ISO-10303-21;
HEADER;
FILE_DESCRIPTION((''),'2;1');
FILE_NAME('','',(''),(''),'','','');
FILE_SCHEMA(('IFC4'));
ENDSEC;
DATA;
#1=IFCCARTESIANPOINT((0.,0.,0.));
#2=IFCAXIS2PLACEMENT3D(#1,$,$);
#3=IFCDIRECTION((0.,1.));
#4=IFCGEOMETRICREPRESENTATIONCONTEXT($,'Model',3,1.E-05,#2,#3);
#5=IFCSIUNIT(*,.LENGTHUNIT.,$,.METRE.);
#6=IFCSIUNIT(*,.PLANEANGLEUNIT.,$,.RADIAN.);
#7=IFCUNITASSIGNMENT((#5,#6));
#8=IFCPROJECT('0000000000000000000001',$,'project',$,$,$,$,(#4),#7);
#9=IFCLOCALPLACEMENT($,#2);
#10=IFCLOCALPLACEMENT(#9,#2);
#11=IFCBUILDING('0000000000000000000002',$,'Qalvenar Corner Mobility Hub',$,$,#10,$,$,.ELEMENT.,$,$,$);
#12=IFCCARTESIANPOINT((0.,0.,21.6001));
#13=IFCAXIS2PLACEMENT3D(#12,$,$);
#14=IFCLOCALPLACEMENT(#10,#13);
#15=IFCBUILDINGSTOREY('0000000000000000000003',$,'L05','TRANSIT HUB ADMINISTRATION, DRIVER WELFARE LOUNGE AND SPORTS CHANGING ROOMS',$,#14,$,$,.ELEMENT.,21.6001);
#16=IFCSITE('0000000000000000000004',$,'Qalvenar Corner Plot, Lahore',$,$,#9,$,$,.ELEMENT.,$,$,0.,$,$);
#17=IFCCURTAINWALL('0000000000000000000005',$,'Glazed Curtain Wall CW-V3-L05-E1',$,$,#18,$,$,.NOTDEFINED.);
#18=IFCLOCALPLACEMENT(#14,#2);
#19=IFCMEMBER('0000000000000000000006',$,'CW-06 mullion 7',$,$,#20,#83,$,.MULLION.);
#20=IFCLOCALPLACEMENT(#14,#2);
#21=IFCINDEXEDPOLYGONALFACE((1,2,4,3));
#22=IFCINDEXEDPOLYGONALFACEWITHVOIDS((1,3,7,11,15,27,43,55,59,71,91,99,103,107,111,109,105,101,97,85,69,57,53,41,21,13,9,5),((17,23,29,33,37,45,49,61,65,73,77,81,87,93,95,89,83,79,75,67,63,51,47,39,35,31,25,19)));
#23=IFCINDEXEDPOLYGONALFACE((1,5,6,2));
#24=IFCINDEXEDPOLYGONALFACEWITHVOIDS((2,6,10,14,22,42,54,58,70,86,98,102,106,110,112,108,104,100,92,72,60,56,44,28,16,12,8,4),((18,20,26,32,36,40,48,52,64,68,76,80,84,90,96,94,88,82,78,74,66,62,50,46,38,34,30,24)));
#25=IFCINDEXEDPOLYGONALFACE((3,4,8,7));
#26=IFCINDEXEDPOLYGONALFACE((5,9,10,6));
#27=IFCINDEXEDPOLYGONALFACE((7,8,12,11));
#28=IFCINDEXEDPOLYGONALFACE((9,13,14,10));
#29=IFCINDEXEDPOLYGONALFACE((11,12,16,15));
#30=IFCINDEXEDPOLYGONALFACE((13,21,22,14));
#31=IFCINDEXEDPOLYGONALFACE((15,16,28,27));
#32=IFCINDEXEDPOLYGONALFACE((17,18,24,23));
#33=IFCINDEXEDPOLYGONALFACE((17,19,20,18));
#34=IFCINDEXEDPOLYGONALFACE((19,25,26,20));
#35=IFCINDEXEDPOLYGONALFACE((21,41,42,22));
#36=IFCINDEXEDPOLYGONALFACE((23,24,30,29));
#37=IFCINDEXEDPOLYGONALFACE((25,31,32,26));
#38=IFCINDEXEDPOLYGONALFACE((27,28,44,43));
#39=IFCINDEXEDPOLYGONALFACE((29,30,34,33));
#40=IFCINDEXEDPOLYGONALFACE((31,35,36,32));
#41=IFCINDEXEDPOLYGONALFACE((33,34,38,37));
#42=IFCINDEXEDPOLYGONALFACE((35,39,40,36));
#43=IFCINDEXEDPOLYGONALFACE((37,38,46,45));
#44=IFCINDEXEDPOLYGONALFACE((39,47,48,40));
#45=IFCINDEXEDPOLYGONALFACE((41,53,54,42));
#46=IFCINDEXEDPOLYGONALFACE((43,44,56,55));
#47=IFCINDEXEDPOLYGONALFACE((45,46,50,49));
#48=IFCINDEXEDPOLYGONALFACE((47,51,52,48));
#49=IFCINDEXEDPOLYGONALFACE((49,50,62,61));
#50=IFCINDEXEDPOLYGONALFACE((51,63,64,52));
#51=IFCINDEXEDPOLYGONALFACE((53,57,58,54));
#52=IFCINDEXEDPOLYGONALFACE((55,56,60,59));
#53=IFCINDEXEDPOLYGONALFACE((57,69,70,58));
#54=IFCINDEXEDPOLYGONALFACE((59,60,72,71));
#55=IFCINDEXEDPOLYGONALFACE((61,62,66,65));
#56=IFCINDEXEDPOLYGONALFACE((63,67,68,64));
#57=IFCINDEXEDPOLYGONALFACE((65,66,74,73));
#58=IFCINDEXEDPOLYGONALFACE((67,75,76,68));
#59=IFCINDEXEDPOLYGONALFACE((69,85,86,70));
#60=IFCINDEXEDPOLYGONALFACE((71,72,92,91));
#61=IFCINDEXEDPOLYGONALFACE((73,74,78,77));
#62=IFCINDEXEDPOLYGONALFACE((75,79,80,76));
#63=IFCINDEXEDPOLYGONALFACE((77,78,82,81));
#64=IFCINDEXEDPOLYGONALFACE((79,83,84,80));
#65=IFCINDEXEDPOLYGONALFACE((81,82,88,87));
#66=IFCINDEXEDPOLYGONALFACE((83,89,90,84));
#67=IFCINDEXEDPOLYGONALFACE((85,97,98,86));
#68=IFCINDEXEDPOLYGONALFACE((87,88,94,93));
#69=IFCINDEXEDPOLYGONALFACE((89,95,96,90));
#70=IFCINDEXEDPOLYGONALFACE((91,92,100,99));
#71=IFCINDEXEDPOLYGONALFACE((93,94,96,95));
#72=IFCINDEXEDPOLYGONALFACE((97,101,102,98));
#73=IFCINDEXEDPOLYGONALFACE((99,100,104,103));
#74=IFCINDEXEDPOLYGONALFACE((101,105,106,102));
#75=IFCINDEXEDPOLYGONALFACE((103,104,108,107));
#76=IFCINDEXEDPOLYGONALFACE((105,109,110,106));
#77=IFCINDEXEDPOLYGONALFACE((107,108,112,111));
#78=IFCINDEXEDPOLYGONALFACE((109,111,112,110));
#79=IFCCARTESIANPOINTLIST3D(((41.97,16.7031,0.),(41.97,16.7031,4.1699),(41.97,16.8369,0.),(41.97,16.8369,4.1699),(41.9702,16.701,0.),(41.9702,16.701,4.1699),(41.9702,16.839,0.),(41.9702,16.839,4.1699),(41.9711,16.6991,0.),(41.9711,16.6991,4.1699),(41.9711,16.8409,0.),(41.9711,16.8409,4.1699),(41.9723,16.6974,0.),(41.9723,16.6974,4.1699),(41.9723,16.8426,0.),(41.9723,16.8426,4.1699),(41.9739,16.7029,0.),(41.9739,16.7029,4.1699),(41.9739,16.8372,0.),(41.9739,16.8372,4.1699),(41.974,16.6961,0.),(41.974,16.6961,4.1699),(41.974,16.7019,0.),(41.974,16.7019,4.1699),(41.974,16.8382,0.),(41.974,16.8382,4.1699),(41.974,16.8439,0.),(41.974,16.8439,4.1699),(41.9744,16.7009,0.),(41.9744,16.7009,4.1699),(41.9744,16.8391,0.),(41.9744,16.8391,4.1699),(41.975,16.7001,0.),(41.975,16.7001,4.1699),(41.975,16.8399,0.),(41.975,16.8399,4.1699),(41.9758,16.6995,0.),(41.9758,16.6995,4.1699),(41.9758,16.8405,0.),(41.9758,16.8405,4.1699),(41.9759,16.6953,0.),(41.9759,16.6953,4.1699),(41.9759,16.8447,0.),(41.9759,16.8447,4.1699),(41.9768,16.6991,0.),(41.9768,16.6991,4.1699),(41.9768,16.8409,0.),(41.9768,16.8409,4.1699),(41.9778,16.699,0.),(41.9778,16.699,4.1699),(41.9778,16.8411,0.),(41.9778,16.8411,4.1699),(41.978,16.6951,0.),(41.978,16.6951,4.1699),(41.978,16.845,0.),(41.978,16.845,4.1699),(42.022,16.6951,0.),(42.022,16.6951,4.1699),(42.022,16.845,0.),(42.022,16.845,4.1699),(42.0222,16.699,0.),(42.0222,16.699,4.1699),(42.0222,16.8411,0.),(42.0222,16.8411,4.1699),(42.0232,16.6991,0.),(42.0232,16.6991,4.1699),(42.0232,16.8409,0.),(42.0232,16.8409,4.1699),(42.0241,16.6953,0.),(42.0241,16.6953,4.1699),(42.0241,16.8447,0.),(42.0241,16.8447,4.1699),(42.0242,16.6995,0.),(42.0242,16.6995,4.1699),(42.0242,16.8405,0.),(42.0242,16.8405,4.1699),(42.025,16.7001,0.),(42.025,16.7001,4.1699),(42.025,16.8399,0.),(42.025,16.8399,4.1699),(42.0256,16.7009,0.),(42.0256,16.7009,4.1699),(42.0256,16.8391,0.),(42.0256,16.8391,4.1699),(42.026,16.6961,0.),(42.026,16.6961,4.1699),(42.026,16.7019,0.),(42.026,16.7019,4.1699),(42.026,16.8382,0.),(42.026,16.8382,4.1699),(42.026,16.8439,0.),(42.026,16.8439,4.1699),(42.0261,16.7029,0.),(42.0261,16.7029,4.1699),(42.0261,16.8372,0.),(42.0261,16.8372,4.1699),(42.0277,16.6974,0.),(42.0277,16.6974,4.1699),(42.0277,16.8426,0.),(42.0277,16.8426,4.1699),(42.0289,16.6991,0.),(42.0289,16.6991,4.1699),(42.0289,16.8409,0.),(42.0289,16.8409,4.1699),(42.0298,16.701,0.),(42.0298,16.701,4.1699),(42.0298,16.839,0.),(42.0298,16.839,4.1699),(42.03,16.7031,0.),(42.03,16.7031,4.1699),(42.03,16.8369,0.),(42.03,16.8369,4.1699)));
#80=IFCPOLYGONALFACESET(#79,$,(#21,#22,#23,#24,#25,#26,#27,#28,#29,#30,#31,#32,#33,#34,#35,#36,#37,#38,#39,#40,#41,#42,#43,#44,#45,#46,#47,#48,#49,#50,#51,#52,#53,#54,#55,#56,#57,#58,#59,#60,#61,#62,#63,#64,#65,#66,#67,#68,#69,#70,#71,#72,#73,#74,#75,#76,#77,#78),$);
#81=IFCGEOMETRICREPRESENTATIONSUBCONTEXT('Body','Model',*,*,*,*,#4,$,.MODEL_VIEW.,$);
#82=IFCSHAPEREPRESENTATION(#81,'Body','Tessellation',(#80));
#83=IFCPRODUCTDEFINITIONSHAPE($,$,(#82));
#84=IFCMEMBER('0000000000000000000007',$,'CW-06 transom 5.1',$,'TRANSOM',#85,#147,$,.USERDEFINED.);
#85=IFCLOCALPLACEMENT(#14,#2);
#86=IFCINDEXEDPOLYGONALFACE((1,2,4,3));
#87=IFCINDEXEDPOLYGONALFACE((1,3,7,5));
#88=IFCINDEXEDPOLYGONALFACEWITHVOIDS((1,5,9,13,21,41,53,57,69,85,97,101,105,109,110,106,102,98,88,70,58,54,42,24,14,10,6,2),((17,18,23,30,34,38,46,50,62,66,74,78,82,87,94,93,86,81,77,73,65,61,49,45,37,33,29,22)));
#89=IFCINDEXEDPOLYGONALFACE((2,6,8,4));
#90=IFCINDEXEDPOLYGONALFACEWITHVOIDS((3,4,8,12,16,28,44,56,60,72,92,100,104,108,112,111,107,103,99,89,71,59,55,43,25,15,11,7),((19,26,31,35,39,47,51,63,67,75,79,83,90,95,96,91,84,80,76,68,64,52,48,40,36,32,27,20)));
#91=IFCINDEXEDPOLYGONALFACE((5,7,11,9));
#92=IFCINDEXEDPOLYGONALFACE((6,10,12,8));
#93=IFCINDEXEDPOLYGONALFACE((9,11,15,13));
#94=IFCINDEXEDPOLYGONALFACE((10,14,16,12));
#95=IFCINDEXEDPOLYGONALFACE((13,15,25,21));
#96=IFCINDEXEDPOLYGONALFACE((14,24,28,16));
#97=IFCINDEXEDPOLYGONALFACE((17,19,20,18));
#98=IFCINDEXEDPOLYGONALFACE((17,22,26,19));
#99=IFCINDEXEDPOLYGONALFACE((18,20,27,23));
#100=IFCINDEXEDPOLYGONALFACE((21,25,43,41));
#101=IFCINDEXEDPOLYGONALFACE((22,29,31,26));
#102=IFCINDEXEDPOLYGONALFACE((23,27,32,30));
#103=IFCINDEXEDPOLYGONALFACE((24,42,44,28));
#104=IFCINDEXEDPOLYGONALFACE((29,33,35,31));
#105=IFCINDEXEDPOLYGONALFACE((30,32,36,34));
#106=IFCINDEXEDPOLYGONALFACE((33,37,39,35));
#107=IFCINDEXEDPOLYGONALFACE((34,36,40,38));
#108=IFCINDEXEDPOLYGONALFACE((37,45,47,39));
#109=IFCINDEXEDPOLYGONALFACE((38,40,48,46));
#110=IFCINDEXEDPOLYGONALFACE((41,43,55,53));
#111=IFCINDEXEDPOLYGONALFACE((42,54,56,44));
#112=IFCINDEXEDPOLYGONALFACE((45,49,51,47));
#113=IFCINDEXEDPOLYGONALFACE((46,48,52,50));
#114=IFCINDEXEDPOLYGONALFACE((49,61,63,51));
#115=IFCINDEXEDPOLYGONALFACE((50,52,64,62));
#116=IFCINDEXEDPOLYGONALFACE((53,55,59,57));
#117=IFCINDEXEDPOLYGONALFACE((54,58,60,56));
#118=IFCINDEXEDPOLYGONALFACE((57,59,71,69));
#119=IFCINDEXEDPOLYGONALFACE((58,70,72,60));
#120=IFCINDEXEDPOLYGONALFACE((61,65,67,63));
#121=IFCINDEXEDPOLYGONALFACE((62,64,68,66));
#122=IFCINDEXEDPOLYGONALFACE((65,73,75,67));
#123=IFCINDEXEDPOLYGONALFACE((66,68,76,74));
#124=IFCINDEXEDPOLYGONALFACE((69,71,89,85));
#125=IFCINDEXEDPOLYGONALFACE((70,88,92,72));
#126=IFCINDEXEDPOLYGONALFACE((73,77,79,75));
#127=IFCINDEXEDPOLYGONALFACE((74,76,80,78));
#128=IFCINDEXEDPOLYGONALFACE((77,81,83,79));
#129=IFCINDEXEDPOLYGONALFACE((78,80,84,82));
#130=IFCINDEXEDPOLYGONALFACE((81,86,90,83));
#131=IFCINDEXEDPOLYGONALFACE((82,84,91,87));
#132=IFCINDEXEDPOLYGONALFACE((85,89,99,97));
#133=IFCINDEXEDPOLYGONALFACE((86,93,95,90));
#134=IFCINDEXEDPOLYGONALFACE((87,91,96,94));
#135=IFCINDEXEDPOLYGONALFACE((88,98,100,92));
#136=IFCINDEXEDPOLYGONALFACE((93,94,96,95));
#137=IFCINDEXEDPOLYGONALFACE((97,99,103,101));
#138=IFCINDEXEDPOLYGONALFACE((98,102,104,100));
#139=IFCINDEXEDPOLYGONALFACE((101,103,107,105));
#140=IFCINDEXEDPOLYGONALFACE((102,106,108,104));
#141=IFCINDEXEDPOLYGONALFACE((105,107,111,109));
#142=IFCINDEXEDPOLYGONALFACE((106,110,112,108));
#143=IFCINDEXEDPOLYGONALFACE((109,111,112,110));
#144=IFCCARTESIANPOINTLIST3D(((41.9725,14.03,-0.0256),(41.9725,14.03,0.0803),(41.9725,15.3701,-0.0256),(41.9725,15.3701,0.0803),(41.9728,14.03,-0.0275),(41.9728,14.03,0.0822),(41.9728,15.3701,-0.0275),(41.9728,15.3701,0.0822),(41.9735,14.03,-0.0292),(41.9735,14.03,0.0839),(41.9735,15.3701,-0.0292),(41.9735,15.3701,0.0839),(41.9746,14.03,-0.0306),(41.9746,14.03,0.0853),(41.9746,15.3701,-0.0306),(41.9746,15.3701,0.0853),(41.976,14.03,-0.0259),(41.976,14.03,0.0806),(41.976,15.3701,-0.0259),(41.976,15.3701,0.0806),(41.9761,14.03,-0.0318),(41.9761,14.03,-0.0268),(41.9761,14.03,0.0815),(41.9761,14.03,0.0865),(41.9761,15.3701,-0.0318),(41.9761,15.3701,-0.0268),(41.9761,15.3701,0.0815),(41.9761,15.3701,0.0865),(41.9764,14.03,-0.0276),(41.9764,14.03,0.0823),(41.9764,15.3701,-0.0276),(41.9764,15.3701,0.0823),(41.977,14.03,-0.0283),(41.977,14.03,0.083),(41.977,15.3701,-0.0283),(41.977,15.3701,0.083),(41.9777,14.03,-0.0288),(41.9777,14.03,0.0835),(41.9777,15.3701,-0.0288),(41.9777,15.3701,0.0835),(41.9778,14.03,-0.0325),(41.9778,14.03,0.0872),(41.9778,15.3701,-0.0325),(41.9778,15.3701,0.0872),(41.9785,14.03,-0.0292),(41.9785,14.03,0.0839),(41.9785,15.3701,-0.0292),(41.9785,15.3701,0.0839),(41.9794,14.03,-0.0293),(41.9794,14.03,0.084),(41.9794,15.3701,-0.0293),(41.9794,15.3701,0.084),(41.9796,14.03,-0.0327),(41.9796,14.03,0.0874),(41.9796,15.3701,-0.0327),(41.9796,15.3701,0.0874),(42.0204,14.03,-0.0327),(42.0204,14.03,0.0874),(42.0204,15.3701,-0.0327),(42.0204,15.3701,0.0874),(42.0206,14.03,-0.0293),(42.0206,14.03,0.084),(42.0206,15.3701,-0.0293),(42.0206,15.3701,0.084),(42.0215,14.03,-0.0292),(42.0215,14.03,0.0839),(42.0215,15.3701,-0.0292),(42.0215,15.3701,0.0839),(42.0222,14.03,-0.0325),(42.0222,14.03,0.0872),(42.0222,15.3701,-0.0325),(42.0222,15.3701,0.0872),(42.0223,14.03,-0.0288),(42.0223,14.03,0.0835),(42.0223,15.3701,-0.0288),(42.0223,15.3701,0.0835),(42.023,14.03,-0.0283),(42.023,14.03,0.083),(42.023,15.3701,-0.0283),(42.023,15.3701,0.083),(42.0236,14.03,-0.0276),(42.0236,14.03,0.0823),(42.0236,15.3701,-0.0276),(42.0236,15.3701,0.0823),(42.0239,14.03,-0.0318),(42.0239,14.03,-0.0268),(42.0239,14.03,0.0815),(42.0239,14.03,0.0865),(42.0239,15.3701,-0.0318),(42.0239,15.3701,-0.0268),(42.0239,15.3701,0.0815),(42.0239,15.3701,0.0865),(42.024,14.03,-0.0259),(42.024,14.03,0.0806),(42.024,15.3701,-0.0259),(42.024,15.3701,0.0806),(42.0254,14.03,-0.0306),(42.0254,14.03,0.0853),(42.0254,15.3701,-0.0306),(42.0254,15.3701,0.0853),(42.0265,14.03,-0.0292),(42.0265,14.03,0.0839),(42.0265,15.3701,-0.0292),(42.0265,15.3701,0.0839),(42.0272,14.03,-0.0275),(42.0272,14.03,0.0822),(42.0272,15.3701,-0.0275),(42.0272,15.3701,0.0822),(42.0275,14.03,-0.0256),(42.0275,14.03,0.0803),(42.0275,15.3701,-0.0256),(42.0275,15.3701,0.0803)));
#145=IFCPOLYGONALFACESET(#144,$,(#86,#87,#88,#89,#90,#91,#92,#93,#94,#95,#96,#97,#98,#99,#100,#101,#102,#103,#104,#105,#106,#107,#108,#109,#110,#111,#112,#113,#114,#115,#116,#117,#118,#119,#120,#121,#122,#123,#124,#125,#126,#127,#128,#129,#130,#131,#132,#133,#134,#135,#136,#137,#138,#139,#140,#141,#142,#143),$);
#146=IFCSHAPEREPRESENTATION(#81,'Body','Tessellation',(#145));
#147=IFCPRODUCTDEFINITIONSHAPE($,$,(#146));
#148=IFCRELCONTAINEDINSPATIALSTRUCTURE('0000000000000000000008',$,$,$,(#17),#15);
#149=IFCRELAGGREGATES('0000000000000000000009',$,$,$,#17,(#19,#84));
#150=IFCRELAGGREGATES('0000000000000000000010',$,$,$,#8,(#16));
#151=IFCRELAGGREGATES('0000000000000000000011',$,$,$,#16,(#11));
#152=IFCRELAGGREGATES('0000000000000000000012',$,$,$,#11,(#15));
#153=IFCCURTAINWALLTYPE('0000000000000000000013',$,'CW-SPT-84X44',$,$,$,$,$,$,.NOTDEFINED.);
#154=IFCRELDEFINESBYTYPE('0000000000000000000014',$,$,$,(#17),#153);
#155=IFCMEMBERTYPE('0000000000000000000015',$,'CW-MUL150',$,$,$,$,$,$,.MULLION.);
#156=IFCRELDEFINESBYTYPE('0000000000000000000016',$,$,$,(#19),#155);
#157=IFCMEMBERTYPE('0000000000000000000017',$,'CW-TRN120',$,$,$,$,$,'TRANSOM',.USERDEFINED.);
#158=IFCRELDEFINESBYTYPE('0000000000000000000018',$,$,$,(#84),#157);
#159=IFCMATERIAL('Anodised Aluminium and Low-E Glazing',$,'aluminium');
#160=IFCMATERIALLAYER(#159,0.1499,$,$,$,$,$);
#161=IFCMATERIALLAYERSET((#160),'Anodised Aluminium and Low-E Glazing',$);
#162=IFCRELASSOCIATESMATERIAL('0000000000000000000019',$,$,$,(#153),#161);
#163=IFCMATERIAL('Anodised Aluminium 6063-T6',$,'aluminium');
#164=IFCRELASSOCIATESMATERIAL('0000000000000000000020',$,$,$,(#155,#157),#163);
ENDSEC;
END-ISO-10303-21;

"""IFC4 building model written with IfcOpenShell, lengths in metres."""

from ifc_helpers import new_model, si_unit, direction, frame, origin, origin_2d, place, context, subcontext, project, spatial, hollow_rectangle, extrude, material, layer, layer_set, material_profile, profile_set, type_object, element, aggregate, save


model = new_model("IFC4")

# Units and contexts
model_context = context("Model", 3, precision=1e-05, world=origin(), true_north=direction((0.0, 1.0)))
body_context = subcontext(model_context, "Body", "Model", "MODEL_VIEW")
ifc_project = project(units=[si_unit("LENGTHUNIT", "METRE"), si_unit("PLANEANGLEUNIT", "RADIAN")], contexts=[model_context])

# Site, building, storey
site_placement = place(None, origin())
site = spatial("IfcSite", under=ifc_project, at=site_placement, Name="Qalvenar Corner Plot, Lahore", CompositionType="ELEMENT", RefElevation=0.0)
building_placement = place(site_placement, origin())
building = spatial("IfcBuilding", under=site, at=building_placement, Name="Qalvenar Corner Mobility Hub", CompositionType="ELEMENT")
storey_placement = place(building_placement, frame((0.0, 0.0, 21.6001)))
storey = spatial("IfcBuildingStorey", under=building, at=storey_placement, Name="L05", Description="TRANSIT HUB ADMINISTRATION, DRIVER WELFARE LOUNGE AND SPORTS CHANGING ROOMS", CompositionType="ELEMENT", Elevation=21.6001)

# Curtain wall, members
ifc_material_1 = material(Name="Anodised Aluminium and Low-E Glazing", Category="aluminium")
ifc_layer_1 = layer(ifc_material_1, 0.1499)
ifc_layer_set_1 = layer_set([ifc_layer_1], Name="Anodised Aluminium and Low-E Glazing")
curtain_wall_type = type_object("IfcCurtainWallType", Name="CW-SPT-84X44", PredefinedType="NOTDEFINED", material=ifc_layer_set_1)
curtain_wall_placement = place(storey_placement, origin())
curtain_wall = element("IfcCurtainWall", 1, at=curtain_wall_placement, inside=storey, type_object=curtain_wall_type, Name="Glazed Curtain Wall CW-V3-L05-E1", PredefinedType="NOTDEFINED")
ifc_material_2 = material(Name="Anodised Aluminium 6063-T6", Category="aluminium")
ifc_material_profile_1 = material_profile(ifc_material_2, hollow_rectangle(XDim=0.0601, YDim=0.1499, WallThickness=0.0039, InnerFilletRadius=0.0039, OuterFilletRadius=0.0081, at=origin_2d()), Name="RHS150x60x4")
ifc_profile_set_1 = profile_set([ifc_material_profile_1], Name="Anodised Aluminium 6063-T6")
member_type_1 = type_object("IfcMemberType", Name="CW-MUL150", PredefinedType="MULLION", material=ifc_profile_set_1)
member_1_placement = place(storey_placement, frame((42.0, 16.77, 0.0), z_axis=(0.0, 0.0, 1.0), x_axis=(-1.0, 0.0, 0.0)))
member_1 = element("IfcMember", 2, at=member_1_placement, type_object=member_type_1, Name="CW-06 mullion 7", PredefinedType="MULLION", context=body_context, shape_type="SweptSolid", body=[
    extrude(hollow_rectangle(XDim=0.0601, YDim=0.1499, WallThickness=0.0039, InnerFilletRadius=0.0039, OuterFilletRadius=0.0081, at=origin_2d()), origin(), (0.0, 0.0, 1.0), 4.1699),
])
ifc_material_profile_2 = material_profile(ifc_material_2, hollow_rectangle(XDim=0.0549, YDim=0.1201, WallThickness=0.0034, InnerFilletRadius=0.0034, OuterFilletRadius=0.0071, at=origin_2d()), Name="RHS120x55x3.5")
ifc_profile_set_2 = profile_set([ifc_material_profile_2], Name="Anodised Aluminium 6063-T6")
member_type_2 = type_object("IfcMemberType", Name="CW-TRN120", ElementType="TRANSOM", PredefinedType="USERDEFINED", material=ifc_profile_set_2)
member_2_placement = place(storey_placement, frame((42.0, 14.03, 0.0273), z_axis=(0.0, 1.0, 0.0), x_axis=(-1.0, 0.0, 0.0)))
member_2 = element("IfcMember", 3, at=member_2_placement, type_object=member_type_2, Name="CW-06 transom 5.1", ObjectType="TRANSOM", PredefinedType="USERDEFINED", context=body_context, shape_type="SweptSolid", body=[
    extrude(hollow_rectangle(XDim=0.0549, YDim=0.1201, WallThickness=0.0034, InnerFilletRadius=0.0034, OuterFilletRadius=0.0071, at=origin_2d()), origin(), (0.0, 0.0, 1.0), 1.3401),
])
aggregate(curtain_wall, [member_1, member_2])

save(model, "model.ifc")
